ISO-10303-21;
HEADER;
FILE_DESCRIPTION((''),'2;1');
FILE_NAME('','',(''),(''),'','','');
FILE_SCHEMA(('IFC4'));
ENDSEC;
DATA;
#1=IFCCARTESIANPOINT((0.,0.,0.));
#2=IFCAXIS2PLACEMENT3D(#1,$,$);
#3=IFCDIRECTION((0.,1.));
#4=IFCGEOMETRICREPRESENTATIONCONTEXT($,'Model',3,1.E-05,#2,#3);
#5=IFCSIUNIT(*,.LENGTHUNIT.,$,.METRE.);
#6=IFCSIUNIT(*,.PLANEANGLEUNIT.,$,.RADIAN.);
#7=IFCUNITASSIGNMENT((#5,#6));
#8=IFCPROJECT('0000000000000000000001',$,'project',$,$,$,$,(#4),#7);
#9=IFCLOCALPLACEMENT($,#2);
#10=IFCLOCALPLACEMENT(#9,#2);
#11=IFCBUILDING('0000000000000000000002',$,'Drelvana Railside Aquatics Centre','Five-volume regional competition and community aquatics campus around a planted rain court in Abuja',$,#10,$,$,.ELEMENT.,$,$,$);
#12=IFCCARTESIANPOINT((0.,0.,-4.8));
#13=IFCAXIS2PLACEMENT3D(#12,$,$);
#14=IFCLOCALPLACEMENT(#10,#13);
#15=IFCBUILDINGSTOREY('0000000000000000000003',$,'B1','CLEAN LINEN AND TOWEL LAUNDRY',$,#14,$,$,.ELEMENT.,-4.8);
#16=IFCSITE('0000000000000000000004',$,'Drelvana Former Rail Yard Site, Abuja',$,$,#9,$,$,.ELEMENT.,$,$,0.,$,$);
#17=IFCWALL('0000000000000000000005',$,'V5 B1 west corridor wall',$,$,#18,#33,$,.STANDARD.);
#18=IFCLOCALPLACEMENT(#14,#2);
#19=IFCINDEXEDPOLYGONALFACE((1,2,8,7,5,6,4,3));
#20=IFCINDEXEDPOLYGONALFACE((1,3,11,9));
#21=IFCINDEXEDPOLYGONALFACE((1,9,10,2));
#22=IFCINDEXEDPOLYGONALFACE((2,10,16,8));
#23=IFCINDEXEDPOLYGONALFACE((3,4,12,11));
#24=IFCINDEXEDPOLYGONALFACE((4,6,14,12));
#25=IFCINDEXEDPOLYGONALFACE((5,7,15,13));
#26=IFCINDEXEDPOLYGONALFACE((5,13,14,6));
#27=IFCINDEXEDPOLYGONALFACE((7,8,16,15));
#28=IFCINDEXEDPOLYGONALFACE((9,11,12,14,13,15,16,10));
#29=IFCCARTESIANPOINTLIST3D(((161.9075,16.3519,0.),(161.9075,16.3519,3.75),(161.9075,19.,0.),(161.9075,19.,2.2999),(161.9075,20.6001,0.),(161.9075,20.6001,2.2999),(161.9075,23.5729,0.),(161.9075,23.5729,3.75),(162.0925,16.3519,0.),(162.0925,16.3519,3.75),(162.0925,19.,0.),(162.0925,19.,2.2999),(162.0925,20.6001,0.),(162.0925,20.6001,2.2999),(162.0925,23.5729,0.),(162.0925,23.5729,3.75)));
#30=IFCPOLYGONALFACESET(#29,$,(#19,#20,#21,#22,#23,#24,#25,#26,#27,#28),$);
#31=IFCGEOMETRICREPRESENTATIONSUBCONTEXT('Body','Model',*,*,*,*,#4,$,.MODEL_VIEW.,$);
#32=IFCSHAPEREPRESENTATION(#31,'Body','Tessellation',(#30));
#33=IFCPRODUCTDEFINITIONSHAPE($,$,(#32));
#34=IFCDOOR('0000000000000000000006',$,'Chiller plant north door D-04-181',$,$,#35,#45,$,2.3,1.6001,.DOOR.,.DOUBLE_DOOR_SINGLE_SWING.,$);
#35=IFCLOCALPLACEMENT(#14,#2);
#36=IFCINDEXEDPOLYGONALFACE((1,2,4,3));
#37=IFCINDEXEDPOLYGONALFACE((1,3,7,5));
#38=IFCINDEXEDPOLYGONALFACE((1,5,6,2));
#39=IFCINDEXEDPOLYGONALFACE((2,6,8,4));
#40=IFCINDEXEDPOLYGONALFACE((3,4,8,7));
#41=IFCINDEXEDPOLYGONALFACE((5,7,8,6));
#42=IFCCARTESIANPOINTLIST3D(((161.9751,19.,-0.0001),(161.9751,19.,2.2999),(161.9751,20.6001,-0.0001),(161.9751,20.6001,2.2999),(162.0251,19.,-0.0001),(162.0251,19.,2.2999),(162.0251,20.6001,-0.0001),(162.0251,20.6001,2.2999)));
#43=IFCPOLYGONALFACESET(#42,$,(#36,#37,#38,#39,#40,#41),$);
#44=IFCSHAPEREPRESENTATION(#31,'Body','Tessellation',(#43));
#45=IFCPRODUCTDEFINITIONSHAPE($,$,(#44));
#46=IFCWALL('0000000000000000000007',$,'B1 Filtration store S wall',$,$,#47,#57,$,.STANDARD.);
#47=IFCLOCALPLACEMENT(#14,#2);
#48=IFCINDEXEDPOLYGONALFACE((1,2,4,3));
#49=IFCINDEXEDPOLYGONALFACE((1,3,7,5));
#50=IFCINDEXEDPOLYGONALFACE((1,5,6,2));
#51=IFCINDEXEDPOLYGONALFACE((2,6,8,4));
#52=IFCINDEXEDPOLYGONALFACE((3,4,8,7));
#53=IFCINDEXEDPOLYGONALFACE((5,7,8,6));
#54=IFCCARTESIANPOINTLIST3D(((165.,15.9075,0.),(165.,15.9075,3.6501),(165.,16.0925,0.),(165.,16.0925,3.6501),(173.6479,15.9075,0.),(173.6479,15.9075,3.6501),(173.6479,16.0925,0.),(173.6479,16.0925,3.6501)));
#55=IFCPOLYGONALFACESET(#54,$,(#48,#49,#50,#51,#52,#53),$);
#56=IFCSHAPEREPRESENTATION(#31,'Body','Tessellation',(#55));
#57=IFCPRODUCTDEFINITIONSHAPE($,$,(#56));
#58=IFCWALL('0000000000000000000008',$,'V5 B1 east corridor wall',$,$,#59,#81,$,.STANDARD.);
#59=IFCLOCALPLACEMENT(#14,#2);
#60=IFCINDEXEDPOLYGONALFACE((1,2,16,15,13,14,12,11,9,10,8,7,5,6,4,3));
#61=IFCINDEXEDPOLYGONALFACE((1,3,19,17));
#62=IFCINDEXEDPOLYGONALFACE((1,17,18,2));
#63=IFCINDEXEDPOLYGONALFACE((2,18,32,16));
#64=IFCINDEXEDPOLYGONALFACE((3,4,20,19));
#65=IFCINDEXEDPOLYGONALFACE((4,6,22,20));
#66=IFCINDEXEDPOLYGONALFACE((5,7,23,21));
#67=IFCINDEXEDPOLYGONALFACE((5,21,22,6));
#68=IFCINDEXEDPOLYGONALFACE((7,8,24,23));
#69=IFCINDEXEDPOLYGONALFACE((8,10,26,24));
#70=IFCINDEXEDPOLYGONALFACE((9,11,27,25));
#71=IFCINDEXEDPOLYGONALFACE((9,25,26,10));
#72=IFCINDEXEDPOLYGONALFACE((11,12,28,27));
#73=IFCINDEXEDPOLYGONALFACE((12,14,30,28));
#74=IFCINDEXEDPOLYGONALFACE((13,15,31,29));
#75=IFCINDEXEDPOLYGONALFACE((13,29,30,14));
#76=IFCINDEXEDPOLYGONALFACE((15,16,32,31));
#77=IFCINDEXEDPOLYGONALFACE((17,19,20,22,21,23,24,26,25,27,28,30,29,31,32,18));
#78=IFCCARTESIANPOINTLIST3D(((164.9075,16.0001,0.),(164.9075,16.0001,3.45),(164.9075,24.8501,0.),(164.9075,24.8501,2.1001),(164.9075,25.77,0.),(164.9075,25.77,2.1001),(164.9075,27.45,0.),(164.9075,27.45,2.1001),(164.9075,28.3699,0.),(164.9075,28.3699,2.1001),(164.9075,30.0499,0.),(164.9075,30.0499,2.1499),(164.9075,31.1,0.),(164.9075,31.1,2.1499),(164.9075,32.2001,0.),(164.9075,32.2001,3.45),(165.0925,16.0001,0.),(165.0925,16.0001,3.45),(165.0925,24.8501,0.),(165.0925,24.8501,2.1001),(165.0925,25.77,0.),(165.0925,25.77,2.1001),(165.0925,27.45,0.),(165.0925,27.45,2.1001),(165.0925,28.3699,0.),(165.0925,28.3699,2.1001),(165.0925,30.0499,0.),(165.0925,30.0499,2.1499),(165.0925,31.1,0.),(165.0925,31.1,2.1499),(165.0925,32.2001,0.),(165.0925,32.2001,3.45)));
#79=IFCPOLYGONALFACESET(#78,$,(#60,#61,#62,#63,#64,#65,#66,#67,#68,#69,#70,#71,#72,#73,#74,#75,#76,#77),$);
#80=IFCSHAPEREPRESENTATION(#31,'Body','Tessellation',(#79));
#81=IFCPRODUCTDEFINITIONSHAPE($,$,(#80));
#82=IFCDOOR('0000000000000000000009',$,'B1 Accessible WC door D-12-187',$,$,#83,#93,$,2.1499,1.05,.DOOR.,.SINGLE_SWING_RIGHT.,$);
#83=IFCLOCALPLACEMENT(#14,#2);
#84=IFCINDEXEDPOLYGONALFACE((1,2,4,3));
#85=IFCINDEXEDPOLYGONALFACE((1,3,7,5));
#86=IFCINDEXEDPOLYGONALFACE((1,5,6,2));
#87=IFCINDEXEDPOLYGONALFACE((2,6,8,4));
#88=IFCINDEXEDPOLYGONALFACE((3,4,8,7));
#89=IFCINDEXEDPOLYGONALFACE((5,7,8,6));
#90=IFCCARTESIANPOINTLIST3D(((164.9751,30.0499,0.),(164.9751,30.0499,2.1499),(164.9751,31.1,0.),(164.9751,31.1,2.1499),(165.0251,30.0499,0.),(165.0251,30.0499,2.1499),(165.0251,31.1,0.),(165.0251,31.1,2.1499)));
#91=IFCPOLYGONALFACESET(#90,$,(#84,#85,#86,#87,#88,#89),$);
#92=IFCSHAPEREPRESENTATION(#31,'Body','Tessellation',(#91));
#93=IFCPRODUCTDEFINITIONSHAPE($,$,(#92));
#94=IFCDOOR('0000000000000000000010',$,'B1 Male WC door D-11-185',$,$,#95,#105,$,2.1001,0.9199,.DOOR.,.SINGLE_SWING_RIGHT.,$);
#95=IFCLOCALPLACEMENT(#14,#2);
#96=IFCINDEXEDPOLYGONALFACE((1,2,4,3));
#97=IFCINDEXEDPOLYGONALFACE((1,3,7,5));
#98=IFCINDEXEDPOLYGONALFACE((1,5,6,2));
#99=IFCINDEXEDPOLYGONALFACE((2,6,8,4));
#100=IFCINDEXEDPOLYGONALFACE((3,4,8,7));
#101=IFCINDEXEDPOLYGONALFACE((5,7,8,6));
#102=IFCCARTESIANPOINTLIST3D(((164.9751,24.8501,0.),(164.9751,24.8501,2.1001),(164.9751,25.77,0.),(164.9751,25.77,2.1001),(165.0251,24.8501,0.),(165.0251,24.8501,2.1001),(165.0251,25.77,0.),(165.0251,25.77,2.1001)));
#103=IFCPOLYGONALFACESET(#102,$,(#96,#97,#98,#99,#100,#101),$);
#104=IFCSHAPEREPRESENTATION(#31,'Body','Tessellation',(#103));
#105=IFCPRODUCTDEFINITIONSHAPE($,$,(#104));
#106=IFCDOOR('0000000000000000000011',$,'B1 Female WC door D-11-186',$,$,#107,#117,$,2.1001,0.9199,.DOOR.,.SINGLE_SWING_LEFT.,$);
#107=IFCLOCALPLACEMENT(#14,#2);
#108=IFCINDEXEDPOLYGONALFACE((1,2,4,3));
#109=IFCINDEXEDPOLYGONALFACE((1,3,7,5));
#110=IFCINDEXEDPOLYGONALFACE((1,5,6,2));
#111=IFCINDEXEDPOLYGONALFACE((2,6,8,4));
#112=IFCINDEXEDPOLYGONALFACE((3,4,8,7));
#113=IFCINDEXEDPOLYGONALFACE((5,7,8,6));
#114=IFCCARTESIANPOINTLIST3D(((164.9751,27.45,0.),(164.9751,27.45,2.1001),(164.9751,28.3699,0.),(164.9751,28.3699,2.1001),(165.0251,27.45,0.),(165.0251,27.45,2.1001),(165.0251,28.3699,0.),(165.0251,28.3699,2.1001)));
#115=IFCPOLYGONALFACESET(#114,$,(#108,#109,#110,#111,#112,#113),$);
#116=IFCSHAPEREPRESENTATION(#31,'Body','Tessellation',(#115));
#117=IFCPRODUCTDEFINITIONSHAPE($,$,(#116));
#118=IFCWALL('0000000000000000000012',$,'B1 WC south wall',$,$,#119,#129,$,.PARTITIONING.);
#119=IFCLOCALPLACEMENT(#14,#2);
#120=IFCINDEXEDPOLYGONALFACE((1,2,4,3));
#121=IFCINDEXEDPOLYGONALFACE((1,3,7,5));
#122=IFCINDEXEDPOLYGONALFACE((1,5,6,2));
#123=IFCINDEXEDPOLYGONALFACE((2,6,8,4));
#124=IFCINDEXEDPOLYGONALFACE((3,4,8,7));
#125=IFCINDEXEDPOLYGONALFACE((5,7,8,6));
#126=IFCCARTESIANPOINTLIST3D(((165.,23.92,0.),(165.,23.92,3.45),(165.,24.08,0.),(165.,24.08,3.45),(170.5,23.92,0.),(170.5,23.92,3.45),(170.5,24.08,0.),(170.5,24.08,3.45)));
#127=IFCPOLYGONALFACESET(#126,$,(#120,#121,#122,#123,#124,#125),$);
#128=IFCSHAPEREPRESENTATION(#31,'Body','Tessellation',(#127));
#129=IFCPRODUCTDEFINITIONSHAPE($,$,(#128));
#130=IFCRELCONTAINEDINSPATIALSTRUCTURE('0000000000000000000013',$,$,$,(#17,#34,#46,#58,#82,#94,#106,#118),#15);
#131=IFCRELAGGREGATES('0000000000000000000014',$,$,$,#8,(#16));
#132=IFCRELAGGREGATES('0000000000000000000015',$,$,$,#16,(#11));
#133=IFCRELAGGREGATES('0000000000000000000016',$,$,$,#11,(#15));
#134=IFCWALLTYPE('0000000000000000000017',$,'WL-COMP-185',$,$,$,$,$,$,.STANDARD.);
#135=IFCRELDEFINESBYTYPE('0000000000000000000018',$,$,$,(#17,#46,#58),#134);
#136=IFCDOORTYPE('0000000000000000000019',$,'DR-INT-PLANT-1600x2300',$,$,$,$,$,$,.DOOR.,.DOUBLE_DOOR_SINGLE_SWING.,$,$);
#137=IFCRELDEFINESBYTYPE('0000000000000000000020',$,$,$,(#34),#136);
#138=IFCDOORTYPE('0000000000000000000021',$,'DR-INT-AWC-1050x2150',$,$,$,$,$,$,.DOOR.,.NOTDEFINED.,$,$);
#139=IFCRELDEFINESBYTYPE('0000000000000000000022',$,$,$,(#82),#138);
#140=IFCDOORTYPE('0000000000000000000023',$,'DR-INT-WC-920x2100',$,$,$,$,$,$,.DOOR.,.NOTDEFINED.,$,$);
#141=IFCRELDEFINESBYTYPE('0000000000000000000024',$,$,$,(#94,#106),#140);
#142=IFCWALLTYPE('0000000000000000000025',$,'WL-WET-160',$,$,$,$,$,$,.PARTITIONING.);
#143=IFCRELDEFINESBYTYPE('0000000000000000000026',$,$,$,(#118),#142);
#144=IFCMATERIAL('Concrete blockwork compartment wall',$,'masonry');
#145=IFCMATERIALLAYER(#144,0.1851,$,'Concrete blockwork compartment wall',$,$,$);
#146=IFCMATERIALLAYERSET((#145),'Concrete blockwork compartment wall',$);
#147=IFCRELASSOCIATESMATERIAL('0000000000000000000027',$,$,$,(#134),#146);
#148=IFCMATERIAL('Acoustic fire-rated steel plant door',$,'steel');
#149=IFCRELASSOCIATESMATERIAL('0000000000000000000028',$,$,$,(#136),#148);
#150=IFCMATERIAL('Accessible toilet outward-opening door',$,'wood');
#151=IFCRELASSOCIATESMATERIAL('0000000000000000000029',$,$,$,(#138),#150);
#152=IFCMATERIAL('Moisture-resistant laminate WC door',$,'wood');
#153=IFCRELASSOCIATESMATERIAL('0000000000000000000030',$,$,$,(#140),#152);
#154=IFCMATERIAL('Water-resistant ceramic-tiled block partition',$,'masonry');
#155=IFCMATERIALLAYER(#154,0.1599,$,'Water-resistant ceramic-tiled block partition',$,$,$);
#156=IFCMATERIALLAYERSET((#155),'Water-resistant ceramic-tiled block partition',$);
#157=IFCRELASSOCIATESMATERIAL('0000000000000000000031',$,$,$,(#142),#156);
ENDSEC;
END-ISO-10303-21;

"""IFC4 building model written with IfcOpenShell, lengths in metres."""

from ifc_helpers import new_model, si_unit, direction, frame, frame_2d, origin, place, context, subcontext, project, spatial, rectangle, extrude, material, layer, layer_set, type_object, element, fill, save


model = new_model("IFC4")

# Units and contexts
model_context = context("Model", 3, precision=1e-05, world=origin(), true_north=direction((0.0, 1.0)))
body_context = subcontext(model_context, "Body", "Model", "MODEL_VIEW")
ifc_project = project(units=[si_unit("LENGTHUNIT", "METRE"), si_unit("PLANEANGLEUNIT", "RADIAN")], contexts=[model_context])

# Site, building, storey
site_placement = place(None, origin())
site = spatial("IfcSite", under=ifc_project, at=site_placement, Name="Drelvana Former Rail Yard Site, Abuja", CompositionType="ELEMENT", RefElevation=0.0)
building_placement = place(site_placement, origin())
building = spatial("IfcBuilding", under=site, at=building_placement, Name="Drelvana Railside Aquatics Centre", Description="Five-volume regional competition and community aquatics campus around a planted rain court in Abuja", CompositionType="ELEMENT")
storey_placement = place(building_placement, frame((0.0, 0.0, -4.8)))
storey = spatial("IfcBuildingStorey", under=building, at=storey_placement, Name="B1", Description="CLEAN LINEN AND TOWEL LAUNDRY", CompositionType="ELEMENT", Elevation=-4.8)

# Wall, opening, door
ifc_material_1 = material(Name="Concrete blockwork compartment wall", Category="masonry")
ifc_layer_1 = layer(ifc_material_1, 0.1851, Name="Concrete blockwork compartment wall")
ifc_layer_set_1 = layer_set([ifc_layer_1], Name="Concrete blockwork compartment wall")
wall_type_1 = type_object("IfcWallType", Name="WL-COMP-185", PredefinedType="STANDARD", material=ifc_layer_set_1)
ifc_material_2 = material(Name="Acoustic fire-rated steel plant door", Category="steel")
door_type_1 = type_object("IfcDoorType", Name="DR-INT-PLANT-1600x2300", OperationType="DOUBLE_DOOR_SINGLE_SWING", PredefinedType="DOOR", material=ifc_material_2)
wall_1_placement = place(storey_placement, frame((162.0, 16.3521, 0.0), z_axis=(0.0, 0.0, 1.0), x_axis=(0.0, 1.0, 0.0)))
wall_1 = element("IfcWall", 1, at=wall_1_placement, inside=storey, type_object=wall_type_1, Name="V5 B1 west corridor wall", PredefinedType="STANDARD", context=body_context, shape_type="SweptSolid", body=[
    extrude(rectangle(XDim=7.2209, YDim=0.1851, at=frame_2d((3.6104, 0.0))), origin(), (0.0, 0.0, 1.0), 3.75),
])
opening_1_placement = place(wall_1_placement, frame((2.6479, 0.0, 0.0)))
opening_1 = element("IfcOpeningElement", 2, at=opening_1_placement, cuts=wall_1, PredefinedType="OPENING", context=body_context, shape_type="SweptSolid", body=[
    extrude(rectangle(XDim=1.6001, YDim=2.3, at=frame_2d((0.8, 1.1499))), frame((0.0, 0.1025, 0.0), z_axis=(0.0, -1.0, 0.0), x_axis=(1.0, 0.0, 0.0)), (0.0, 0.0, 1.0), 0.2051),
])
door_1_placement = place(opening_1_placement, origin())
door_1 = element("IfcDoor", 3, at=door_1_placement, inside=storey, type_object=door_type_1, Name="Chiller plant north door D-04-181", OperationType="DOUBLE_DOOR_SINGLE_SWING", OverallHeight=2.3, OverallWidth=1.6001, PredefinedType="DOOR", context=body_context, shape_type="SweptSolid", body=[
    extrude(rectangle(XDim=1.6001, YDim=2.3, at=frame_2d((0.8, 1.1499))), frame((0.0, 0.0249, 0.0), z_axis=(0.0, -1.0, 0.0), x_axis=(1.0, 0.0, 0.0)), (0.0, 0.0, 1.0), 0.05),
])
fill(opening_1, door_1)

# Wall
wall_2_placement = place(storey_placement, frame((165.0, 16.0, 0.0), z_axis=(0.0, 0.0, 1.0), x_axis=(1.0, 0.0, 0.0)))
element("IfcWall", 4, at=wall_2_placement, inside=storey, type_object=wall_type_1, Name="B1 Filtration store S wall", PredefinedType="STANDARD", context=body_context, shape_type="SweptSolid", body=[
    extrude(rectangle(XDim=8.6479, YDim=0.1851, at=frame_2d((4.324, 0.0))), origin(), (0.0, 0.0, 1.0), 3.6501),
])

# Wall, openings, doors
wall_3_placement = place(storey_placement, frame((165.0, 16.0, 0.0), z_axis=(0.0, 0.0, 1.0), x_axis=(0.0, 1.0, 0.0)))
wall_3 = element("IfcWall", 5, at=wall_3_placement, inside=storey, type_object=wall_type_1, Name="V5 B1 east corridor wall", PredefinedType="STANDARD", context=body_context, shape_type="SweptSolid", body=[
    extrude(rectangle(XDim=16.2, YDim=0.1851, at=frame_2d((8.1001, 0.0))), origin(), (0.0, 0.0, 1.0), 3.45),
])
opening_2_placement = place(wall_3_placement, frame((8.8501, 0.0, 0.0)))
opening_2 = element("IfcOpeningElement", 6, at=opening_2_placement, cuts=wall_3, PredefinedType="OPENING", context=body_context, shape_type="SweptSolid", body=[
    extrude(rectangle(XDim=0.9199, YDim=2.1001, at=frame_2d((0.46, 1.05))), frame((0.0, 0.1025, 0.0), z_axis=(0.0, -1.0, 0.0), x_axis=(1.0, 0.0, 0.0)), (0.0, 0.0, 1.0), 0.2051),
])
opening_3_placement = place(wall_3_placement, frame((11.45, 0.0, 0.0)))
opening_3 = element("IfcOpeningElement", 7, at=opening_3_placement, cuts=wall_3, PredefinedType="OPENING", context=body_context, shape_type="SweptSolid", body=[
    extrude(rectangle(XDim=0.9199, YDim=2.1001, at=frame_2d((0.46, 1.05))), frame((0.0, 0.1025, 0.0), z_axis=(0.0, -1.0, 0.0), x_axis=(1.0, 0.0, 0.0)), (0.0, 0.0, 1.0), 0.2051),
])
opening_4_placement = place(wall_3_placement, frame((14.05, 0.0, 0.0)))
opening_4 = element("IfcOpeningElement", 8, at=opening_4_placement, cuts=wall_3, PredefinedType="OPENING", context=body_context, shape_type="SweptSolid", body=[
    extrude(rectangle(XDim=1.05, YDim=2.1499, at=frame_2d((0.5249, 1.075))), frame((0.0, 0.1025, 0.0), z_axis=(0.0, -1.0, 0.0), x_axis=(1.0, 0.0, 0.0)), (0.0, 0.0, 1.0), 0.2051),
])
ifc_material_3 = material(Name="Accessible toilet outward-opening door", Category="wood")
door_type_2 = type_object("IfcDoorType", Name="DR-INT-AWC-1050x2150", OperationType="NOTDEFINED", PredefinedType="DOOR", material=ifc_material_3)
door_2_placement = place(opening_4_placement, origin())
door_2 = element("IfcDoor", 9, at=door_2_placement, inside=storey, type_object=door_type_2, Name="B1 Accessible WC door D-12-187", OperationType="SINGLE_SWING_RIGHT", OverallHeight=2.1499, OverallWidth=1.05, PredefinedType="DOOR", context=body_context, shape_type="SweptSolid", body=[
    extrude(rectangle(XDim=1.05, YDim=2.1499, at=frame_2d((0.5249, 1.075))), frame((0.0, 0.0249, 0.0), z_axis=(0.0, -1.0, 0.0), x_axis=(1.0, 0.0, 0.0)), (0.0, 0.0, 1.0), 0.05),
])
fill(opening_4, door_2)
ifc_material_4 = material(Name="Moisture-resistant laminate WC door", Category="wood")
door_type_3 = type_object("IfcDoorType", Name="DR-INT-WC-920x2100", OperationType="NOTDEFINED", PredefinedType="DOOR", material=ifc_material_4)
door_3_placement = place(opening_2_placement, origin())
door_3 = element("IfcDoor", 10, at=door_3_placement, inside=storey, type_object=door_type_3, Name="B1 Male WC door D-11-185", OperationType="SINGLE_SWING_RIGHT", OverallHeight=2.1001, OverallWidth=0.9199, PredefinedType="DOOR", context=body_context, shape_type="SweptSolid", body=[
    extrude(rectangle(XDim=0.9199, YDim=2.1001, at=frame_2d((0.46, 1.05))), frame((0.0, 0.0249, 0.0), z_axis=(0.0, -1.0, 0.0), x_axis=(1.0, 0.0, 0.0)), (0.0, 0.0, 1.0), 0.05),
])
fill(opening_2, door_3)
door_4_placement = place(opening_3_placement, origin())
door_4 = element("IfcDoor", 11, at=door_4_placement, inside=storey, type_object=door_type_3, Name="B1 Female WC door D-11-186", OperationType="SINGLE_SWING_LEFT", OverallHeight=2.1001, OverallWidth=0.9199, PredefinedType="DOOR", context=body_context, shape_type="SweptSolid", body=[
    extrude(rectangle(XDim=0.9199, YDim=2.1001, at=frame_2d((0.46, 1.05))), frame((0.0, 0.0249, 0.0), z_axis=(0.0, -1.0, 0.0), x_axis=(1.0, 0.0, 0.0)), (0.0, 0.0, 1.0), 0.05),
])
fill(opening_3, door_4)

# Wall
ifc_material_5 = material(Name="Water-resistant ceramic-tiled block partition", Category="masonry")
ifc_layer_2 = layer(ifc_material_5, 0.1599, Name="Water-resistant ceramic-tiled block partition")
ifc_layer_set_2 = layer_set([ifc_layer_2], Name="Water-resistant ceramic-tiled block partition")
wall_type_2 = type_object("IfcWallType", Name="WL-WET-160", PredefinedType="PARTITIONING", material=ifc_layer_set_2)
wall_4_placement = place(storey_placement, frame((165.0, 24.0, 0.0), z_axis=(0.0, 0.0, 1.0), x_axis=(1.0, 0.0, 0.0)))
element("IfcWall", 12, at=wall_4_placement, inside=storey, type_object=wall_type_2, Name="B1 WC south wall", PredefinedType="PARTITIONING", context=body_context, shape_type="SweptSolid", body=[
    extrude(rectangle(XDim=5.5, YDim=0.1599, at=frame_2d((2.75, 0.0))), origin(), (0.0, 0.0, 1.0), 3.45),
])

save(model, "model.ifc")
